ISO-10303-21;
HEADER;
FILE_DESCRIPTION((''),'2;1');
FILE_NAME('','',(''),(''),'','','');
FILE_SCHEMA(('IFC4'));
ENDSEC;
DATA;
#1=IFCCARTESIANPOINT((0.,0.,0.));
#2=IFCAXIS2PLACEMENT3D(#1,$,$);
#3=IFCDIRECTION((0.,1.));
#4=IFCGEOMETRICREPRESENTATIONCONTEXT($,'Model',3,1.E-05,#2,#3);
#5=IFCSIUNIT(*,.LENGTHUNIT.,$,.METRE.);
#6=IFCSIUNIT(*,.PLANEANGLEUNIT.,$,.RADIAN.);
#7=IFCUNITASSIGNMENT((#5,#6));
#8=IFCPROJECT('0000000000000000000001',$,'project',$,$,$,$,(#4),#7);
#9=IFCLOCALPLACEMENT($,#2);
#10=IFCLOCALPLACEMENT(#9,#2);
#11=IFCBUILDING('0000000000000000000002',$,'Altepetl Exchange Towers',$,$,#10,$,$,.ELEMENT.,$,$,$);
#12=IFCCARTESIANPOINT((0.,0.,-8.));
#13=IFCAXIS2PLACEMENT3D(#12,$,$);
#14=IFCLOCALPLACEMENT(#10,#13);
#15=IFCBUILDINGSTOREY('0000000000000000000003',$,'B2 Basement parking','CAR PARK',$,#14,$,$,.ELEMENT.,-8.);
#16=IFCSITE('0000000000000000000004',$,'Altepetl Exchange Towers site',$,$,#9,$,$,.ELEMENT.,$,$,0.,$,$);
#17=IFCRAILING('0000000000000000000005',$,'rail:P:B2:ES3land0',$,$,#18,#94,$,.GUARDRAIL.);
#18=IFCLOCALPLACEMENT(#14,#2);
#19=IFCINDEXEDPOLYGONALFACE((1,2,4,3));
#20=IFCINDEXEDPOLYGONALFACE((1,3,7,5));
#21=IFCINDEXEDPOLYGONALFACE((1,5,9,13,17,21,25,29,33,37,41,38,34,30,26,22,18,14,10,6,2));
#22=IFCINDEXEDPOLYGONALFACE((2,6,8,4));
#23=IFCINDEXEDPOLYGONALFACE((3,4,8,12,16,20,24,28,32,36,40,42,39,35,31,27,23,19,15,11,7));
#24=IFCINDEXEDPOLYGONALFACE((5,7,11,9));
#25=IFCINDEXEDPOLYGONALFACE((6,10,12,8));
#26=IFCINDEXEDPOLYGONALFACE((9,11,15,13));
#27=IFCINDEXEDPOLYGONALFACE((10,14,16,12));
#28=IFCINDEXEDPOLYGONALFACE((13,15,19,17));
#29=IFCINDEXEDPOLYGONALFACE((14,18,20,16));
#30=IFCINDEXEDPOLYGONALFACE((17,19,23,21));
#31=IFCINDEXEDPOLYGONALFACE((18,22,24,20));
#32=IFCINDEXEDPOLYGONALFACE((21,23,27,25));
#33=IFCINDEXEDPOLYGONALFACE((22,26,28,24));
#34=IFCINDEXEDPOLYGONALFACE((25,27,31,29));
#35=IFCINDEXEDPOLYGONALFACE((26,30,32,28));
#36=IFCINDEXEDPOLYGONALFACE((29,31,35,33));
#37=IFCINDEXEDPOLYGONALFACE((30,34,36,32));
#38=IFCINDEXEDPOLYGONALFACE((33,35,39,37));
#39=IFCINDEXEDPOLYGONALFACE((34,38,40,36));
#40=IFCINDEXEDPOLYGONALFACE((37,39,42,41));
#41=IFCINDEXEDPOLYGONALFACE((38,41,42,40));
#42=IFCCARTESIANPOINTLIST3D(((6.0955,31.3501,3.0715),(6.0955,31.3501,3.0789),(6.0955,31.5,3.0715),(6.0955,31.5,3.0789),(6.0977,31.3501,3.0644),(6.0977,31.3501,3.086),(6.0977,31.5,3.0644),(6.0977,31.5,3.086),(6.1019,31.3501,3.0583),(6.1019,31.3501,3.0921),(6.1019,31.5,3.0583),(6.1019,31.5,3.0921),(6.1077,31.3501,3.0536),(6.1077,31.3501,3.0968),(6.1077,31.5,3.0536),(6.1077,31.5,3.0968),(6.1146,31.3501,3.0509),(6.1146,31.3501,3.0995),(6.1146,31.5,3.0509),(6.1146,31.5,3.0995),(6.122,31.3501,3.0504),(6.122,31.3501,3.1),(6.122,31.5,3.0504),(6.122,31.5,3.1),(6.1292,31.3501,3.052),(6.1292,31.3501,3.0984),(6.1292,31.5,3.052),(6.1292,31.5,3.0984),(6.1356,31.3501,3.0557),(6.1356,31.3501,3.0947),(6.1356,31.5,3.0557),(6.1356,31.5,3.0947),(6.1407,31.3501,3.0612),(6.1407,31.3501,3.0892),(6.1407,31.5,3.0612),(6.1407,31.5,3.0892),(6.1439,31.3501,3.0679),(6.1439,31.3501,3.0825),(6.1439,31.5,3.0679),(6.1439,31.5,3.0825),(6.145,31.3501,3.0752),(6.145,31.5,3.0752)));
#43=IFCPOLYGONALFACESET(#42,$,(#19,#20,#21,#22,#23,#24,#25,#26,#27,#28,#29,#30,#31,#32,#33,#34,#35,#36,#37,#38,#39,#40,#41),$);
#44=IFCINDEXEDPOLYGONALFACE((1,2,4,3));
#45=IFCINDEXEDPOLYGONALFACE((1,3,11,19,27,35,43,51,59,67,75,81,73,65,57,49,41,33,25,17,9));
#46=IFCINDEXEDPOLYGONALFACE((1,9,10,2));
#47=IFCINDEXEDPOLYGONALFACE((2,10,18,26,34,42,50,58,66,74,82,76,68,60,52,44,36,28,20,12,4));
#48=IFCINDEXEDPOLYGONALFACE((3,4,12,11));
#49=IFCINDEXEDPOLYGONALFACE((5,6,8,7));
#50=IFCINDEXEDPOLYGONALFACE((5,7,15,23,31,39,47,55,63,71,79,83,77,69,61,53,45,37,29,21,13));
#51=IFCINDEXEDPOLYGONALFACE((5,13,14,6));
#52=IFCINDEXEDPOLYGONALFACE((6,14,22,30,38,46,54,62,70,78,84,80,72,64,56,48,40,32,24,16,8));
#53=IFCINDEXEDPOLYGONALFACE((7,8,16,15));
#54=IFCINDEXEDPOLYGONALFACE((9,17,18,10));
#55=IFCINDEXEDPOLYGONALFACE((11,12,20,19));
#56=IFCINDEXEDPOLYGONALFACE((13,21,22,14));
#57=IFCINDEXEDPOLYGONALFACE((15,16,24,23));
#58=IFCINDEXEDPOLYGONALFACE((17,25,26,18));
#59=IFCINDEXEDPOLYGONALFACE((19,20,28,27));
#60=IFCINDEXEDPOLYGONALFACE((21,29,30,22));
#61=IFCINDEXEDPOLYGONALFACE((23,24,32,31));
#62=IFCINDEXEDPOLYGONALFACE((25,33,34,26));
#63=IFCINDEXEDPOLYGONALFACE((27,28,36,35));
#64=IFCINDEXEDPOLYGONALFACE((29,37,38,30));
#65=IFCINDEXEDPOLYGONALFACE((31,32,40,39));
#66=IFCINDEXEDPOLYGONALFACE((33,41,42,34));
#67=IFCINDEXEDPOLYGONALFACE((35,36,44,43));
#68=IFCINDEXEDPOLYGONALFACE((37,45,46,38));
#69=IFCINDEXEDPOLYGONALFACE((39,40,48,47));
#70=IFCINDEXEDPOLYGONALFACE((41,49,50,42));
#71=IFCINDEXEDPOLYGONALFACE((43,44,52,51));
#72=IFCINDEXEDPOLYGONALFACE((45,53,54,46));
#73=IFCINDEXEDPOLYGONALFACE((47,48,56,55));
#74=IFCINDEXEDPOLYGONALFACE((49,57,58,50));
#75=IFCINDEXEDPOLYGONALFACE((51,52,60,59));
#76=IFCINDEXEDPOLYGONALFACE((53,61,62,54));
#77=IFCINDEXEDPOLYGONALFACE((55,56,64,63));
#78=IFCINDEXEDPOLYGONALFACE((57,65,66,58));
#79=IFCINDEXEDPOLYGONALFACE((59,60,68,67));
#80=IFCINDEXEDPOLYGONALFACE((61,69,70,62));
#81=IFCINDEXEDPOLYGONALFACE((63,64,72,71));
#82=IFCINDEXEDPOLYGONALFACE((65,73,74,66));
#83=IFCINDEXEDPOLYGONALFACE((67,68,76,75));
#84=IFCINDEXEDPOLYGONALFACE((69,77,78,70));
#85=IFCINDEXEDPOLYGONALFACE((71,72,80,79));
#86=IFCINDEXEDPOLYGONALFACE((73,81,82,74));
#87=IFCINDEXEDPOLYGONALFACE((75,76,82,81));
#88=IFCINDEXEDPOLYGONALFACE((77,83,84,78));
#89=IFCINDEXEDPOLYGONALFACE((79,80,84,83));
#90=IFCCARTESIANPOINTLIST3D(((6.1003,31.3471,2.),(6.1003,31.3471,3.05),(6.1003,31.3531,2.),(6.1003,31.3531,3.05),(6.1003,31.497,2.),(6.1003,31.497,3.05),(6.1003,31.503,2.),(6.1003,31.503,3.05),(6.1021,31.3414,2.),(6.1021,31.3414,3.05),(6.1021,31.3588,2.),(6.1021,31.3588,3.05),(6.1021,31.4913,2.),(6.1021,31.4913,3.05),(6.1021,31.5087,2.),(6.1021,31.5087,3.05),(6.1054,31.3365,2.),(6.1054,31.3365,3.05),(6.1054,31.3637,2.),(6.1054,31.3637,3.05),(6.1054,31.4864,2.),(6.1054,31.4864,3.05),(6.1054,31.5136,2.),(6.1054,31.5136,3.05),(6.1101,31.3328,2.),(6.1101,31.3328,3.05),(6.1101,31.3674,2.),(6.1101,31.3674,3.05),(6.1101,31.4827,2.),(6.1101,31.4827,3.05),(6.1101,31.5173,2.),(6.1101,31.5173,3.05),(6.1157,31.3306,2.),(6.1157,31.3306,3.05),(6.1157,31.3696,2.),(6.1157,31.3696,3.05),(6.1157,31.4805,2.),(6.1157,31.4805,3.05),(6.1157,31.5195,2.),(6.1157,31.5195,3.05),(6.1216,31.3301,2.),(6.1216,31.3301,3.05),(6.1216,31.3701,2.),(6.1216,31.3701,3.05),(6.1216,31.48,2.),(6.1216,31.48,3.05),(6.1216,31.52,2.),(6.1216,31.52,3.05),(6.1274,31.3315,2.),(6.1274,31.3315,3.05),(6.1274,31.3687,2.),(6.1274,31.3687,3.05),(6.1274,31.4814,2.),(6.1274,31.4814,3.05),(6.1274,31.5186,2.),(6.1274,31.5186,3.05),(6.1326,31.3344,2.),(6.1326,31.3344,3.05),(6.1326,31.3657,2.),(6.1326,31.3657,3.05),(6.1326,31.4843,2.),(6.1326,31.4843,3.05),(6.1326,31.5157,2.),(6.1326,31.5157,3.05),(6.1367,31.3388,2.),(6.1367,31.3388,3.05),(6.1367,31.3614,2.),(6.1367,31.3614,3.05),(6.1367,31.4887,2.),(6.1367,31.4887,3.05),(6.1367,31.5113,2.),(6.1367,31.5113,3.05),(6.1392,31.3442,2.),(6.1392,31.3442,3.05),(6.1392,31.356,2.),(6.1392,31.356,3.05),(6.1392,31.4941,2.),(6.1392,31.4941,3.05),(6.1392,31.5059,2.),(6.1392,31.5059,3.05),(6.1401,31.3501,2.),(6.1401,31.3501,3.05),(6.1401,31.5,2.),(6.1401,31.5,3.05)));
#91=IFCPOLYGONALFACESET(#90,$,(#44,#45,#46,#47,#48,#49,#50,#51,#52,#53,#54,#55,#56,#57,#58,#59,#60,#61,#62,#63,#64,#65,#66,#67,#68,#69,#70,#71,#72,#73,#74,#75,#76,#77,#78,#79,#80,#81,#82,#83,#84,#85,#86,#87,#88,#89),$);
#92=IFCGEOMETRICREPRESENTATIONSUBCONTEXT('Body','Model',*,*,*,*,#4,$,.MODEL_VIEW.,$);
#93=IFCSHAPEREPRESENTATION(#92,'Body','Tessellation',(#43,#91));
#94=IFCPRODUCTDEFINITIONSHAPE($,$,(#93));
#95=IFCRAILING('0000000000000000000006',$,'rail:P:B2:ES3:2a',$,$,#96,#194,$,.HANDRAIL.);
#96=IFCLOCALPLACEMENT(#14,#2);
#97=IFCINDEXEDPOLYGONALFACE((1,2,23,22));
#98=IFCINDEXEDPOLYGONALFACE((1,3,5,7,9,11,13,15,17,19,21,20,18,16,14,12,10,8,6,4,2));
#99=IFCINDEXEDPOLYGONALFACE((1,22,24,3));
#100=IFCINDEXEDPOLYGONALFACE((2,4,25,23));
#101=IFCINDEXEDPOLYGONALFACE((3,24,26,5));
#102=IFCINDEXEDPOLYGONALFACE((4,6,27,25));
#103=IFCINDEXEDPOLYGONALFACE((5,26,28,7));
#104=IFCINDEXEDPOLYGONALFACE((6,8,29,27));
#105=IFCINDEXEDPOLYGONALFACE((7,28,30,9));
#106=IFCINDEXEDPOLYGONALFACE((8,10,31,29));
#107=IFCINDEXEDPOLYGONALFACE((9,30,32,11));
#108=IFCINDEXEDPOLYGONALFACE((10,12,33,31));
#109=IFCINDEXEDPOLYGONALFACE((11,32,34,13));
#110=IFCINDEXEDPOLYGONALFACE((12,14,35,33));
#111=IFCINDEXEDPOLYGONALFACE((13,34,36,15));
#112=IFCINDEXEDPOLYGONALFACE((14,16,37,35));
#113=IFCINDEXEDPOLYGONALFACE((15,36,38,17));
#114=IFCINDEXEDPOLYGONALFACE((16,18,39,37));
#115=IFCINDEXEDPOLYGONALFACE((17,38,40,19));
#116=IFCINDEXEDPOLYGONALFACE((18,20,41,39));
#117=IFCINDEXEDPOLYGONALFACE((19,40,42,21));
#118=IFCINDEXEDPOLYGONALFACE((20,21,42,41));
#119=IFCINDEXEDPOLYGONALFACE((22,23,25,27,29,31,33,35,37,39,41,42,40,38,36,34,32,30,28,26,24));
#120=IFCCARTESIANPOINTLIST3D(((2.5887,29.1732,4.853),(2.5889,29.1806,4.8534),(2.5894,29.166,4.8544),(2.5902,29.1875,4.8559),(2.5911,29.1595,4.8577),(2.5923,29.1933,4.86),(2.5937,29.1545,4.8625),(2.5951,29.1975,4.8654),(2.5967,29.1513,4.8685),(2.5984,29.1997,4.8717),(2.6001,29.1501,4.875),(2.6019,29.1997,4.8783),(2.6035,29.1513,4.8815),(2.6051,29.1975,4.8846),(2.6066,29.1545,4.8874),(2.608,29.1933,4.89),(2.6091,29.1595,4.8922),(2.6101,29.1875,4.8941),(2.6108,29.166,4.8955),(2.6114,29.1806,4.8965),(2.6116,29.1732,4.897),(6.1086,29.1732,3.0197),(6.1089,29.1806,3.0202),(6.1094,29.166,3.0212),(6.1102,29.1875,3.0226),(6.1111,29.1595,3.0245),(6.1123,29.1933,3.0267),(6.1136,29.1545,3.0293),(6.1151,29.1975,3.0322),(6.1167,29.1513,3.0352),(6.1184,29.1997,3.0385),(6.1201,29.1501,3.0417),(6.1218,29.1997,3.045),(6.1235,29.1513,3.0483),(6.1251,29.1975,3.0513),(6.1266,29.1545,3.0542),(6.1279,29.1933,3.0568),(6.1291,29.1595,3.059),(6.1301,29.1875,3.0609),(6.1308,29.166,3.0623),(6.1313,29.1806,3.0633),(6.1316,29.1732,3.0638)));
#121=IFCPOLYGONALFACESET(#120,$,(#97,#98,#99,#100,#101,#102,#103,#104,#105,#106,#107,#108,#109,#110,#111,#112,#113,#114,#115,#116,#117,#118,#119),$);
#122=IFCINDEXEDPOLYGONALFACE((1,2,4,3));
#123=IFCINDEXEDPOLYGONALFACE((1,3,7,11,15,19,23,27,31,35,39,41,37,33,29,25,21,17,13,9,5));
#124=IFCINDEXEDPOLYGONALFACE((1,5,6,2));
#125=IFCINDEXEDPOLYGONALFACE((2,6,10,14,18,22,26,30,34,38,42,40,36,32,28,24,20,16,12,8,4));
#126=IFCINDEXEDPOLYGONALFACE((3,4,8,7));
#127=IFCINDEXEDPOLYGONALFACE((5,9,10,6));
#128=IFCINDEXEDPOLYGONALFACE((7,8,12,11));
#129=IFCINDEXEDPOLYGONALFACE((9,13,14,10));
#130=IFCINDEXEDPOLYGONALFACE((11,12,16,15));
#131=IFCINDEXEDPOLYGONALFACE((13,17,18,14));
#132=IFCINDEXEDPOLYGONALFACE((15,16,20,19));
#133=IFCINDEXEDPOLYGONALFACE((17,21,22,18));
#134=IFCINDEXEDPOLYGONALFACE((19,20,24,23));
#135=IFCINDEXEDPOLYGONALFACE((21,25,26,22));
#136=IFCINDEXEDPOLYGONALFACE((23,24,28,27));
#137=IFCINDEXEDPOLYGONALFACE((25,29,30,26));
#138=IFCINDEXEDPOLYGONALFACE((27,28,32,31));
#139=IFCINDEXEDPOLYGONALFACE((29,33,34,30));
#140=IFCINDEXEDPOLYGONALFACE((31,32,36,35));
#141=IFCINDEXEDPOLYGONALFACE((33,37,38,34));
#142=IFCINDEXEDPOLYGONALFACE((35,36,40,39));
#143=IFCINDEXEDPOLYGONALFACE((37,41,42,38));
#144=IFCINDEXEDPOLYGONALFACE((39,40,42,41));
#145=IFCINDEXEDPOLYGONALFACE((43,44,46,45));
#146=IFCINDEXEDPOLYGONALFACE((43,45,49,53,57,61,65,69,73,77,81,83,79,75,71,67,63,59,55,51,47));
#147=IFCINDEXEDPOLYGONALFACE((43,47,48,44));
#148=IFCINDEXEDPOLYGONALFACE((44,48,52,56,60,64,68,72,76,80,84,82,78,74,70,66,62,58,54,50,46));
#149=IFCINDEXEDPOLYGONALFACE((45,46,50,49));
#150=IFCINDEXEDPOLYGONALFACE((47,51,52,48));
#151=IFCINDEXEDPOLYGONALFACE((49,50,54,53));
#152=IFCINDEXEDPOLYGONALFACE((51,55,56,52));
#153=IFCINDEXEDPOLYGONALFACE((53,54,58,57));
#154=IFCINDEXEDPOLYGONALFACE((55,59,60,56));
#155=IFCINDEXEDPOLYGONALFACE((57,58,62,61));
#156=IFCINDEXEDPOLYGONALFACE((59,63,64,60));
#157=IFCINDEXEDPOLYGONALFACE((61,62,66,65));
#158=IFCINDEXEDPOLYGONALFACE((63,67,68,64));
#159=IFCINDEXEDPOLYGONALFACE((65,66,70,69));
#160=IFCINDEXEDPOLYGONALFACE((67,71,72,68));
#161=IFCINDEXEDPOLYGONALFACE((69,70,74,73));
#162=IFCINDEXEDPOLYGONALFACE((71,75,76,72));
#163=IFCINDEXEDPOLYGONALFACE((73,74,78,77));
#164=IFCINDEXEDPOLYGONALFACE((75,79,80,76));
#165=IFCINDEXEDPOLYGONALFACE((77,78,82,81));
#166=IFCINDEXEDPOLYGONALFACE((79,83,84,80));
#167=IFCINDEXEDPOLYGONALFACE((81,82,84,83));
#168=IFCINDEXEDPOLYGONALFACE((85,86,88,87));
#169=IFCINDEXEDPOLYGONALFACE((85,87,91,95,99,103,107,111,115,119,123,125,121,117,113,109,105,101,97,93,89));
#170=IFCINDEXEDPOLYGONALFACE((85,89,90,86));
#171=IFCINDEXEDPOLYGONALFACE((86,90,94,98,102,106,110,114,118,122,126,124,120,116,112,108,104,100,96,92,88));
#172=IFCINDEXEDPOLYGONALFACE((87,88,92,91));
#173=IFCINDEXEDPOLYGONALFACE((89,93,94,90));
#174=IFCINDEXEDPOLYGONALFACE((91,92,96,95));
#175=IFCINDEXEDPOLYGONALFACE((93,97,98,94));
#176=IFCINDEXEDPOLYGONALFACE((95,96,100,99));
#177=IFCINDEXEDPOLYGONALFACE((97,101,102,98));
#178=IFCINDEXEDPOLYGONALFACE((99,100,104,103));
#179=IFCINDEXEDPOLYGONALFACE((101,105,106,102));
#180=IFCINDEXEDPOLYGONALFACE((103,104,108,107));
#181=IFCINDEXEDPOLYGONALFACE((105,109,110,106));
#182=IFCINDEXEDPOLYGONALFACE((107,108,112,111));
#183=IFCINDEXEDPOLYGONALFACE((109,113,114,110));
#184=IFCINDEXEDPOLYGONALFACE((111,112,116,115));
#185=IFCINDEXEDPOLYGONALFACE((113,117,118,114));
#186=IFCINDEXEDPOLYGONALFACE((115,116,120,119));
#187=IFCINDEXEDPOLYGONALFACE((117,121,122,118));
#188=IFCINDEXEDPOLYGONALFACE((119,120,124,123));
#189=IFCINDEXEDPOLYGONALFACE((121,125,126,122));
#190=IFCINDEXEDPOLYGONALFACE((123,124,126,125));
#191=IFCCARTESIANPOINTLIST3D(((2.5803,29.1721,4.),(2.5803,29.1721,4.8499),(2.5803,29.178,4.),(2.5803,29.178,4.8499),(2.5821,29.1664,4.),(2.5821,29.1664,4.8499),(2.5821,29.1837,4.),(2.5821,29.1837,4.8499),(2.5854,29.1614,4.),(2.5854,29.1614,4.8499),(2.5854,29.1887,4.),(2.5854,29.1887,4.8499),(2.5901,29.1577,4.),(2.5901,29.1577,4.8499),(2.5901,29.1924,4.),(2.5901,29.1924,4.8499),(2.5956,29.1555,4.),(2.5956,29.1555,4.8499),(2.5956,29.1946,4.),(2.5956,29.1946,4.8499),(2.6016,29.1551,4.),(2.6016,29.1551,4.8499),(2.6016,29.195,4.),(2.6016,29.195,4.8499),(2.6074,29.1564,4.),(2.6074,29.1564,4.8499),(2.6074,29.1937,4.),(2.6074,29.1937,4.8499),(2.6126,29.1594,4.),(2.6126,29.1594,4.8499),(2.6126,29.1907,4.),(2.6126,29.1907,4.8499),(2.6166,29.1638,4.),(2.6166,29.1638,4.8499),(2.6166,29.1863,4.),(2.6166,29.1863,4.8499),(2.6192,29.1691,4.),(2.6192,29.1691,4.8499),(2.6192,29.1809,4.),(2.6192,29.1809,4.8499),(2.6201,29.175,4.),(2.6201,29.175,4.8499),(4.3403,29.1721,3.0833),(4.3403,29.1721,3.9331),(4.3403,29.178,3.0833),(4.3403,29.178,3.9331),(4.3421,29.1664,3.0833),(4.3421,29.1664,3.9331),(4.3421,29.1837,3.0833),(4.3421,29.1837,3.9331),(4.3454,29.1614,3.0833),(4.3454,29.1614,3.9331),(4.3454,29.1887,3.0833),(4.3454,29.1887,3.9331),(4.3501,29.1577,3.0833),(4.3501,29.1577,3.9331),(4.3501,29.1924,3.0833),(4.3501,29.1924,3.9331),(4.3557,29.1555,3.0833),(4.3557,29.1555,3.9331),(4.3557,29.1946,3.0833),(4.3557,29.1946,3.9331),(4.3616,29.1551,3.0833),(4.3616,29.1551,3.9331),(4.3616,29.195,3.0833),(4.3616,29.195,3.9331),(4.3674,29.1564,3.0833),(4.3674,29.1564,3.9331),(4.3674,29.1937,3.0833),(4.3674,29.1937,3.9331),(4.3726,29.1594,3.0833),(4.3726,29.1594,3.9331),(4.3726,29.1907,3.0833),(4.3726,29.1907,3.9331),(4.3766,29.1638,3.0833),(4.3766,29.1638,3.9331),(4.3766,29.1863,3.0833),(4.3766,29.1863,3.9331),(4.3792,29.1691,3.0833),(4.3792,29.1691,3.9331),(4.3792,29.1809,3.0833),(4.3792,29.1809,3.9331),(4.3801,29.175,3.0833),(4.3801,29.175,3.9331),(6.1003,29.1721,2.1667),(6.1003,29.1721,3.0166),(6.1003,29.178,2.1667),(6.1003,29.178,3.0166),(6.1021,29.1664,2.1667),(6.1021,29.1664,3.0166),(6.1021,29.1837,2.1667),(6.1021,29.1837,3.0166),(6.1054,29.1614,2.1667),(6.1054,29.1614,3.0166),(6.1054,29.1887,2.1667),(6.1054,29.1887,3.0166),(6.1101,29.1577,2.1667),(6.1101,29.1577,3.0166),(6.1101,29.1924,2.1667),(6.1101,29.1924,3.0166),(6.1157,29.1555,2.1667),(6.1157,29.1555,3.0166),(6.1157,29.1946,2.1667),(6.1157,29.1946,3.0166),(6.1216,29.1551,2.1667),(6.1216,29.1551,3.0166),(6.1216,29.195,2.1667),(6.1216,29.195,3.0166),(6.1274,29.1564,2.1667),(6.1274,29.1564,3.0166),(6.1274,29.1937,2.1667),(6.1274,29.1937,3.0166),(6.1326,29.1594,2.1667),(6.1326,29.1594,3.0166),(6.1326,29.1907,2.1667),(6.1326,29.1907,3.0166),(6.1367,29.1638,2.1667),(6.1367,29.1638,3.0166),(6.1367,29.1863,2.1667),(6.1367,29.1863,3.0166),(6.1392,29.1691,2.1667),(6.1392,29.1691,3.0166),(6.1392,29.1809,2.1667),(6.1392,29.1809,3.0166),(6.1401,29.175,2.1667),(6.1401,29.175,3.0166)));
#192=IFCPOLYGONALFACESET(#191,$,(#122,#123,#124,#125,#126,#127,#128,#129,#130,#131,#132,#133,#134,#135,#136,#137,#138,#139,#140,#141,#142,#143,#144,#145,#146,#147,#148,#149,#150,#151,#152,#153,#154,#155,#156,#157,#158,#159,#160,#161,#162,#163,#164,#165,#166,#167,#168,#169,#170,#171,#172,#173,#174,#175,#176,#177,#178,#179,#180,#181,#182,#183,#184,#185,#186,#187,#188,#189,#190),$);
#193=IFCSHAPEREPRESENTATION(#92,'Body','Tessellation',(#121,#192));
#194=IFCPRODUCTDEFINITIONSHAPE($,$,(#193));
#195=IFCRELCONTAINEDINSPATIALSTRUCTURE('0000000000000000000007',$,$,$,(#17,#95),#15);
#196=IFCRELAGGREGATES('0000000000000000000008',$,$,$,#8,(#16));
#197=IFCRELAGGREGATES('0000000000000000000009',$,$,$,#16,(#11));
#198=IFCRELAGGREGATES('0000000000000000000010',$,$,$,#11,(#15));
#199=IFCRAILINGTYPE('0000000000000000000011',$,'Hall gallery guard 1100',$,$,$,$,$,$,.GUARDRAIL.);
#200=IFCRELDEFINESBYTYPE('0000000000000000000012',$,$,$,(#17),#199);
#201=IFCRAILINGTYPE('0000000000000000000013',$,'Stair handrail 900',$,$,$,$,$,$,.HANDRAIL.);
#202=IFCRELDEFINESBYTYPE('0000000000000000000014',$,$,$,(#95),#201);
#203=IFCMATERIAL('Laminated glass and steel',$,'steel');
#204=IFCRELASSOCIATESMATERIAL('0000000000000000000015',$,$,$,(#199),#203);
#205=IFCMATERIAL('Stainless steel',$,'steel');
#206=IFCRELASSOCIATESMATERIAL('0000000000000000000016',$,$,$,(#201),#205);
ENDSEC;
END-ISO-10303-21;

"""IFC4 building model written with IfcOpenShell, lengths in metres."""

from ifc_helpers import new_model, si_unit, direction, frame, origin, origin_2d, place, context, subcontext, project, spatial, circle, extrude, source, transform, mapped, material, type_object, element, save


model = new_model("IFC4")

# Units and contexts
model_context = context("Model", 3, precision=1e-05, world=origin(), true_north=direction((0.0, 1.0)))
body_context = subcontext(model_context, "Body", "Model", "MODEL_VIEW")
ifc_project = project(units=[si_unit("LENGTHUNIT", "METRE"), si_unit("PLANEANGLEUNIT", "RADIAN")], contexts=[model_context])

# Site, building, storey
site_placement = place(None, origin())
site = spatial("IfcSite", under=ifc_project, at=site_placement, Name="Altepetl Exchange Towers site", CompositionType="ELEMENT", RefElevation=0.0)
building_placement = place(site_placement, origin())
building = spatial("IfcBuilding", under=site, at=building_placement, Name="Altepetl Exchange Towers", CompositionType="ELEMENT")
storey_placement = place(building_placement, frame((0.0, 0.0, -8.0)))
storey = spatial("IfcBuildingStorey", under=building, at=storey_placement, Name="B2 Basement parking", Description="CAR PARK", CompositionType="ELEMENT", Elevation=-8.0)

# Railings
ifc_material_1 = material(Name="Laminated glass and steel", Category="steel")
railing_type_1 = type_object("IfcRailingType", Name="Hall gallery guard 1100", PredefinedType="GUARDRAIL", material=ifc_material_1)
shared_shape_1 = source(origin(), body_context, "Body", "SweptSolid", [
    extrude(circle(Radius=0.02, at=origin_2d()), origin(), (0.0, 0.0, 1.0), 1.05),
])
railing_1_placement = place(storey_placement, frame((6.1201, 31.5, 2.0)))
element("IfcRailing", 1, at=railing_1_placement, inside=storey, type_object=railing_type_1, Name="rail:P:B2:ES3land0", PredefinedType="GUARDRAIL", context=body_context, shape_type="SweptSolid", body=[
    extrude(circle(Radius=0.0249, at=origin_2d()), frame((0.0, 0.0, 1.0752), z_axis=(0.0, -1.0, 0.0), x_axis=(1.0, 0.0, 0.0)), (0.0, 0.0, 1.0), 0.1499),
    mapped(shared_shape_1, transform((0.0, 0.0, 0.0))),
    mapped(shared_shape_1, transform((0.0, -0.1499, 0.0))),
])
ifc_material_2 = material(Name="Stainless steel", Category="steel")
railing_type_2 = type_object("IfcRailingType", Name="Stair handrail 900", PredefinedType="HANDRAIL", material=ifc_material_2)
shared_shape_2 = source(origin(), body_context, "Body", "SweptSolid", [
    extrude(circle(Radius=0.02, at=origin_2d()), origin(), (0.0, 0.0, 1.0), 0.8499),
])
railing_2_placement = place(storey_placement, frame((6.1201, 29.175, 2.1667)))
element("IfcRailing", 2, at=railing_2_placement, inside=storey, type_object=railing_type_2, Name="rail:P:B2:ES3:2a", PredefinedType="HANDRAIL", context=body_context, shape_type="SweptSolid", body=[
    extrude(circle(Radius=0.0249, at=origin_2d()), frame((0.0, 0.0, 0.875), z_axis=(-0.886924, 0.0, 0.461916), x_axis=(0.0, -1.0, 0.0)), (0.0, 0.0, 1.0), 3.9688),
    mapped(shared_shape_2, transform((0.0, 0.0, 0.0))),
    mapped(shared_shape_2, transform((-1.76, 0.0, 0.9165))),
    mapped(shared_shape_2, transform((-3.52, 0.0, 1.8333))),
])

save(model, "model.ifc")
